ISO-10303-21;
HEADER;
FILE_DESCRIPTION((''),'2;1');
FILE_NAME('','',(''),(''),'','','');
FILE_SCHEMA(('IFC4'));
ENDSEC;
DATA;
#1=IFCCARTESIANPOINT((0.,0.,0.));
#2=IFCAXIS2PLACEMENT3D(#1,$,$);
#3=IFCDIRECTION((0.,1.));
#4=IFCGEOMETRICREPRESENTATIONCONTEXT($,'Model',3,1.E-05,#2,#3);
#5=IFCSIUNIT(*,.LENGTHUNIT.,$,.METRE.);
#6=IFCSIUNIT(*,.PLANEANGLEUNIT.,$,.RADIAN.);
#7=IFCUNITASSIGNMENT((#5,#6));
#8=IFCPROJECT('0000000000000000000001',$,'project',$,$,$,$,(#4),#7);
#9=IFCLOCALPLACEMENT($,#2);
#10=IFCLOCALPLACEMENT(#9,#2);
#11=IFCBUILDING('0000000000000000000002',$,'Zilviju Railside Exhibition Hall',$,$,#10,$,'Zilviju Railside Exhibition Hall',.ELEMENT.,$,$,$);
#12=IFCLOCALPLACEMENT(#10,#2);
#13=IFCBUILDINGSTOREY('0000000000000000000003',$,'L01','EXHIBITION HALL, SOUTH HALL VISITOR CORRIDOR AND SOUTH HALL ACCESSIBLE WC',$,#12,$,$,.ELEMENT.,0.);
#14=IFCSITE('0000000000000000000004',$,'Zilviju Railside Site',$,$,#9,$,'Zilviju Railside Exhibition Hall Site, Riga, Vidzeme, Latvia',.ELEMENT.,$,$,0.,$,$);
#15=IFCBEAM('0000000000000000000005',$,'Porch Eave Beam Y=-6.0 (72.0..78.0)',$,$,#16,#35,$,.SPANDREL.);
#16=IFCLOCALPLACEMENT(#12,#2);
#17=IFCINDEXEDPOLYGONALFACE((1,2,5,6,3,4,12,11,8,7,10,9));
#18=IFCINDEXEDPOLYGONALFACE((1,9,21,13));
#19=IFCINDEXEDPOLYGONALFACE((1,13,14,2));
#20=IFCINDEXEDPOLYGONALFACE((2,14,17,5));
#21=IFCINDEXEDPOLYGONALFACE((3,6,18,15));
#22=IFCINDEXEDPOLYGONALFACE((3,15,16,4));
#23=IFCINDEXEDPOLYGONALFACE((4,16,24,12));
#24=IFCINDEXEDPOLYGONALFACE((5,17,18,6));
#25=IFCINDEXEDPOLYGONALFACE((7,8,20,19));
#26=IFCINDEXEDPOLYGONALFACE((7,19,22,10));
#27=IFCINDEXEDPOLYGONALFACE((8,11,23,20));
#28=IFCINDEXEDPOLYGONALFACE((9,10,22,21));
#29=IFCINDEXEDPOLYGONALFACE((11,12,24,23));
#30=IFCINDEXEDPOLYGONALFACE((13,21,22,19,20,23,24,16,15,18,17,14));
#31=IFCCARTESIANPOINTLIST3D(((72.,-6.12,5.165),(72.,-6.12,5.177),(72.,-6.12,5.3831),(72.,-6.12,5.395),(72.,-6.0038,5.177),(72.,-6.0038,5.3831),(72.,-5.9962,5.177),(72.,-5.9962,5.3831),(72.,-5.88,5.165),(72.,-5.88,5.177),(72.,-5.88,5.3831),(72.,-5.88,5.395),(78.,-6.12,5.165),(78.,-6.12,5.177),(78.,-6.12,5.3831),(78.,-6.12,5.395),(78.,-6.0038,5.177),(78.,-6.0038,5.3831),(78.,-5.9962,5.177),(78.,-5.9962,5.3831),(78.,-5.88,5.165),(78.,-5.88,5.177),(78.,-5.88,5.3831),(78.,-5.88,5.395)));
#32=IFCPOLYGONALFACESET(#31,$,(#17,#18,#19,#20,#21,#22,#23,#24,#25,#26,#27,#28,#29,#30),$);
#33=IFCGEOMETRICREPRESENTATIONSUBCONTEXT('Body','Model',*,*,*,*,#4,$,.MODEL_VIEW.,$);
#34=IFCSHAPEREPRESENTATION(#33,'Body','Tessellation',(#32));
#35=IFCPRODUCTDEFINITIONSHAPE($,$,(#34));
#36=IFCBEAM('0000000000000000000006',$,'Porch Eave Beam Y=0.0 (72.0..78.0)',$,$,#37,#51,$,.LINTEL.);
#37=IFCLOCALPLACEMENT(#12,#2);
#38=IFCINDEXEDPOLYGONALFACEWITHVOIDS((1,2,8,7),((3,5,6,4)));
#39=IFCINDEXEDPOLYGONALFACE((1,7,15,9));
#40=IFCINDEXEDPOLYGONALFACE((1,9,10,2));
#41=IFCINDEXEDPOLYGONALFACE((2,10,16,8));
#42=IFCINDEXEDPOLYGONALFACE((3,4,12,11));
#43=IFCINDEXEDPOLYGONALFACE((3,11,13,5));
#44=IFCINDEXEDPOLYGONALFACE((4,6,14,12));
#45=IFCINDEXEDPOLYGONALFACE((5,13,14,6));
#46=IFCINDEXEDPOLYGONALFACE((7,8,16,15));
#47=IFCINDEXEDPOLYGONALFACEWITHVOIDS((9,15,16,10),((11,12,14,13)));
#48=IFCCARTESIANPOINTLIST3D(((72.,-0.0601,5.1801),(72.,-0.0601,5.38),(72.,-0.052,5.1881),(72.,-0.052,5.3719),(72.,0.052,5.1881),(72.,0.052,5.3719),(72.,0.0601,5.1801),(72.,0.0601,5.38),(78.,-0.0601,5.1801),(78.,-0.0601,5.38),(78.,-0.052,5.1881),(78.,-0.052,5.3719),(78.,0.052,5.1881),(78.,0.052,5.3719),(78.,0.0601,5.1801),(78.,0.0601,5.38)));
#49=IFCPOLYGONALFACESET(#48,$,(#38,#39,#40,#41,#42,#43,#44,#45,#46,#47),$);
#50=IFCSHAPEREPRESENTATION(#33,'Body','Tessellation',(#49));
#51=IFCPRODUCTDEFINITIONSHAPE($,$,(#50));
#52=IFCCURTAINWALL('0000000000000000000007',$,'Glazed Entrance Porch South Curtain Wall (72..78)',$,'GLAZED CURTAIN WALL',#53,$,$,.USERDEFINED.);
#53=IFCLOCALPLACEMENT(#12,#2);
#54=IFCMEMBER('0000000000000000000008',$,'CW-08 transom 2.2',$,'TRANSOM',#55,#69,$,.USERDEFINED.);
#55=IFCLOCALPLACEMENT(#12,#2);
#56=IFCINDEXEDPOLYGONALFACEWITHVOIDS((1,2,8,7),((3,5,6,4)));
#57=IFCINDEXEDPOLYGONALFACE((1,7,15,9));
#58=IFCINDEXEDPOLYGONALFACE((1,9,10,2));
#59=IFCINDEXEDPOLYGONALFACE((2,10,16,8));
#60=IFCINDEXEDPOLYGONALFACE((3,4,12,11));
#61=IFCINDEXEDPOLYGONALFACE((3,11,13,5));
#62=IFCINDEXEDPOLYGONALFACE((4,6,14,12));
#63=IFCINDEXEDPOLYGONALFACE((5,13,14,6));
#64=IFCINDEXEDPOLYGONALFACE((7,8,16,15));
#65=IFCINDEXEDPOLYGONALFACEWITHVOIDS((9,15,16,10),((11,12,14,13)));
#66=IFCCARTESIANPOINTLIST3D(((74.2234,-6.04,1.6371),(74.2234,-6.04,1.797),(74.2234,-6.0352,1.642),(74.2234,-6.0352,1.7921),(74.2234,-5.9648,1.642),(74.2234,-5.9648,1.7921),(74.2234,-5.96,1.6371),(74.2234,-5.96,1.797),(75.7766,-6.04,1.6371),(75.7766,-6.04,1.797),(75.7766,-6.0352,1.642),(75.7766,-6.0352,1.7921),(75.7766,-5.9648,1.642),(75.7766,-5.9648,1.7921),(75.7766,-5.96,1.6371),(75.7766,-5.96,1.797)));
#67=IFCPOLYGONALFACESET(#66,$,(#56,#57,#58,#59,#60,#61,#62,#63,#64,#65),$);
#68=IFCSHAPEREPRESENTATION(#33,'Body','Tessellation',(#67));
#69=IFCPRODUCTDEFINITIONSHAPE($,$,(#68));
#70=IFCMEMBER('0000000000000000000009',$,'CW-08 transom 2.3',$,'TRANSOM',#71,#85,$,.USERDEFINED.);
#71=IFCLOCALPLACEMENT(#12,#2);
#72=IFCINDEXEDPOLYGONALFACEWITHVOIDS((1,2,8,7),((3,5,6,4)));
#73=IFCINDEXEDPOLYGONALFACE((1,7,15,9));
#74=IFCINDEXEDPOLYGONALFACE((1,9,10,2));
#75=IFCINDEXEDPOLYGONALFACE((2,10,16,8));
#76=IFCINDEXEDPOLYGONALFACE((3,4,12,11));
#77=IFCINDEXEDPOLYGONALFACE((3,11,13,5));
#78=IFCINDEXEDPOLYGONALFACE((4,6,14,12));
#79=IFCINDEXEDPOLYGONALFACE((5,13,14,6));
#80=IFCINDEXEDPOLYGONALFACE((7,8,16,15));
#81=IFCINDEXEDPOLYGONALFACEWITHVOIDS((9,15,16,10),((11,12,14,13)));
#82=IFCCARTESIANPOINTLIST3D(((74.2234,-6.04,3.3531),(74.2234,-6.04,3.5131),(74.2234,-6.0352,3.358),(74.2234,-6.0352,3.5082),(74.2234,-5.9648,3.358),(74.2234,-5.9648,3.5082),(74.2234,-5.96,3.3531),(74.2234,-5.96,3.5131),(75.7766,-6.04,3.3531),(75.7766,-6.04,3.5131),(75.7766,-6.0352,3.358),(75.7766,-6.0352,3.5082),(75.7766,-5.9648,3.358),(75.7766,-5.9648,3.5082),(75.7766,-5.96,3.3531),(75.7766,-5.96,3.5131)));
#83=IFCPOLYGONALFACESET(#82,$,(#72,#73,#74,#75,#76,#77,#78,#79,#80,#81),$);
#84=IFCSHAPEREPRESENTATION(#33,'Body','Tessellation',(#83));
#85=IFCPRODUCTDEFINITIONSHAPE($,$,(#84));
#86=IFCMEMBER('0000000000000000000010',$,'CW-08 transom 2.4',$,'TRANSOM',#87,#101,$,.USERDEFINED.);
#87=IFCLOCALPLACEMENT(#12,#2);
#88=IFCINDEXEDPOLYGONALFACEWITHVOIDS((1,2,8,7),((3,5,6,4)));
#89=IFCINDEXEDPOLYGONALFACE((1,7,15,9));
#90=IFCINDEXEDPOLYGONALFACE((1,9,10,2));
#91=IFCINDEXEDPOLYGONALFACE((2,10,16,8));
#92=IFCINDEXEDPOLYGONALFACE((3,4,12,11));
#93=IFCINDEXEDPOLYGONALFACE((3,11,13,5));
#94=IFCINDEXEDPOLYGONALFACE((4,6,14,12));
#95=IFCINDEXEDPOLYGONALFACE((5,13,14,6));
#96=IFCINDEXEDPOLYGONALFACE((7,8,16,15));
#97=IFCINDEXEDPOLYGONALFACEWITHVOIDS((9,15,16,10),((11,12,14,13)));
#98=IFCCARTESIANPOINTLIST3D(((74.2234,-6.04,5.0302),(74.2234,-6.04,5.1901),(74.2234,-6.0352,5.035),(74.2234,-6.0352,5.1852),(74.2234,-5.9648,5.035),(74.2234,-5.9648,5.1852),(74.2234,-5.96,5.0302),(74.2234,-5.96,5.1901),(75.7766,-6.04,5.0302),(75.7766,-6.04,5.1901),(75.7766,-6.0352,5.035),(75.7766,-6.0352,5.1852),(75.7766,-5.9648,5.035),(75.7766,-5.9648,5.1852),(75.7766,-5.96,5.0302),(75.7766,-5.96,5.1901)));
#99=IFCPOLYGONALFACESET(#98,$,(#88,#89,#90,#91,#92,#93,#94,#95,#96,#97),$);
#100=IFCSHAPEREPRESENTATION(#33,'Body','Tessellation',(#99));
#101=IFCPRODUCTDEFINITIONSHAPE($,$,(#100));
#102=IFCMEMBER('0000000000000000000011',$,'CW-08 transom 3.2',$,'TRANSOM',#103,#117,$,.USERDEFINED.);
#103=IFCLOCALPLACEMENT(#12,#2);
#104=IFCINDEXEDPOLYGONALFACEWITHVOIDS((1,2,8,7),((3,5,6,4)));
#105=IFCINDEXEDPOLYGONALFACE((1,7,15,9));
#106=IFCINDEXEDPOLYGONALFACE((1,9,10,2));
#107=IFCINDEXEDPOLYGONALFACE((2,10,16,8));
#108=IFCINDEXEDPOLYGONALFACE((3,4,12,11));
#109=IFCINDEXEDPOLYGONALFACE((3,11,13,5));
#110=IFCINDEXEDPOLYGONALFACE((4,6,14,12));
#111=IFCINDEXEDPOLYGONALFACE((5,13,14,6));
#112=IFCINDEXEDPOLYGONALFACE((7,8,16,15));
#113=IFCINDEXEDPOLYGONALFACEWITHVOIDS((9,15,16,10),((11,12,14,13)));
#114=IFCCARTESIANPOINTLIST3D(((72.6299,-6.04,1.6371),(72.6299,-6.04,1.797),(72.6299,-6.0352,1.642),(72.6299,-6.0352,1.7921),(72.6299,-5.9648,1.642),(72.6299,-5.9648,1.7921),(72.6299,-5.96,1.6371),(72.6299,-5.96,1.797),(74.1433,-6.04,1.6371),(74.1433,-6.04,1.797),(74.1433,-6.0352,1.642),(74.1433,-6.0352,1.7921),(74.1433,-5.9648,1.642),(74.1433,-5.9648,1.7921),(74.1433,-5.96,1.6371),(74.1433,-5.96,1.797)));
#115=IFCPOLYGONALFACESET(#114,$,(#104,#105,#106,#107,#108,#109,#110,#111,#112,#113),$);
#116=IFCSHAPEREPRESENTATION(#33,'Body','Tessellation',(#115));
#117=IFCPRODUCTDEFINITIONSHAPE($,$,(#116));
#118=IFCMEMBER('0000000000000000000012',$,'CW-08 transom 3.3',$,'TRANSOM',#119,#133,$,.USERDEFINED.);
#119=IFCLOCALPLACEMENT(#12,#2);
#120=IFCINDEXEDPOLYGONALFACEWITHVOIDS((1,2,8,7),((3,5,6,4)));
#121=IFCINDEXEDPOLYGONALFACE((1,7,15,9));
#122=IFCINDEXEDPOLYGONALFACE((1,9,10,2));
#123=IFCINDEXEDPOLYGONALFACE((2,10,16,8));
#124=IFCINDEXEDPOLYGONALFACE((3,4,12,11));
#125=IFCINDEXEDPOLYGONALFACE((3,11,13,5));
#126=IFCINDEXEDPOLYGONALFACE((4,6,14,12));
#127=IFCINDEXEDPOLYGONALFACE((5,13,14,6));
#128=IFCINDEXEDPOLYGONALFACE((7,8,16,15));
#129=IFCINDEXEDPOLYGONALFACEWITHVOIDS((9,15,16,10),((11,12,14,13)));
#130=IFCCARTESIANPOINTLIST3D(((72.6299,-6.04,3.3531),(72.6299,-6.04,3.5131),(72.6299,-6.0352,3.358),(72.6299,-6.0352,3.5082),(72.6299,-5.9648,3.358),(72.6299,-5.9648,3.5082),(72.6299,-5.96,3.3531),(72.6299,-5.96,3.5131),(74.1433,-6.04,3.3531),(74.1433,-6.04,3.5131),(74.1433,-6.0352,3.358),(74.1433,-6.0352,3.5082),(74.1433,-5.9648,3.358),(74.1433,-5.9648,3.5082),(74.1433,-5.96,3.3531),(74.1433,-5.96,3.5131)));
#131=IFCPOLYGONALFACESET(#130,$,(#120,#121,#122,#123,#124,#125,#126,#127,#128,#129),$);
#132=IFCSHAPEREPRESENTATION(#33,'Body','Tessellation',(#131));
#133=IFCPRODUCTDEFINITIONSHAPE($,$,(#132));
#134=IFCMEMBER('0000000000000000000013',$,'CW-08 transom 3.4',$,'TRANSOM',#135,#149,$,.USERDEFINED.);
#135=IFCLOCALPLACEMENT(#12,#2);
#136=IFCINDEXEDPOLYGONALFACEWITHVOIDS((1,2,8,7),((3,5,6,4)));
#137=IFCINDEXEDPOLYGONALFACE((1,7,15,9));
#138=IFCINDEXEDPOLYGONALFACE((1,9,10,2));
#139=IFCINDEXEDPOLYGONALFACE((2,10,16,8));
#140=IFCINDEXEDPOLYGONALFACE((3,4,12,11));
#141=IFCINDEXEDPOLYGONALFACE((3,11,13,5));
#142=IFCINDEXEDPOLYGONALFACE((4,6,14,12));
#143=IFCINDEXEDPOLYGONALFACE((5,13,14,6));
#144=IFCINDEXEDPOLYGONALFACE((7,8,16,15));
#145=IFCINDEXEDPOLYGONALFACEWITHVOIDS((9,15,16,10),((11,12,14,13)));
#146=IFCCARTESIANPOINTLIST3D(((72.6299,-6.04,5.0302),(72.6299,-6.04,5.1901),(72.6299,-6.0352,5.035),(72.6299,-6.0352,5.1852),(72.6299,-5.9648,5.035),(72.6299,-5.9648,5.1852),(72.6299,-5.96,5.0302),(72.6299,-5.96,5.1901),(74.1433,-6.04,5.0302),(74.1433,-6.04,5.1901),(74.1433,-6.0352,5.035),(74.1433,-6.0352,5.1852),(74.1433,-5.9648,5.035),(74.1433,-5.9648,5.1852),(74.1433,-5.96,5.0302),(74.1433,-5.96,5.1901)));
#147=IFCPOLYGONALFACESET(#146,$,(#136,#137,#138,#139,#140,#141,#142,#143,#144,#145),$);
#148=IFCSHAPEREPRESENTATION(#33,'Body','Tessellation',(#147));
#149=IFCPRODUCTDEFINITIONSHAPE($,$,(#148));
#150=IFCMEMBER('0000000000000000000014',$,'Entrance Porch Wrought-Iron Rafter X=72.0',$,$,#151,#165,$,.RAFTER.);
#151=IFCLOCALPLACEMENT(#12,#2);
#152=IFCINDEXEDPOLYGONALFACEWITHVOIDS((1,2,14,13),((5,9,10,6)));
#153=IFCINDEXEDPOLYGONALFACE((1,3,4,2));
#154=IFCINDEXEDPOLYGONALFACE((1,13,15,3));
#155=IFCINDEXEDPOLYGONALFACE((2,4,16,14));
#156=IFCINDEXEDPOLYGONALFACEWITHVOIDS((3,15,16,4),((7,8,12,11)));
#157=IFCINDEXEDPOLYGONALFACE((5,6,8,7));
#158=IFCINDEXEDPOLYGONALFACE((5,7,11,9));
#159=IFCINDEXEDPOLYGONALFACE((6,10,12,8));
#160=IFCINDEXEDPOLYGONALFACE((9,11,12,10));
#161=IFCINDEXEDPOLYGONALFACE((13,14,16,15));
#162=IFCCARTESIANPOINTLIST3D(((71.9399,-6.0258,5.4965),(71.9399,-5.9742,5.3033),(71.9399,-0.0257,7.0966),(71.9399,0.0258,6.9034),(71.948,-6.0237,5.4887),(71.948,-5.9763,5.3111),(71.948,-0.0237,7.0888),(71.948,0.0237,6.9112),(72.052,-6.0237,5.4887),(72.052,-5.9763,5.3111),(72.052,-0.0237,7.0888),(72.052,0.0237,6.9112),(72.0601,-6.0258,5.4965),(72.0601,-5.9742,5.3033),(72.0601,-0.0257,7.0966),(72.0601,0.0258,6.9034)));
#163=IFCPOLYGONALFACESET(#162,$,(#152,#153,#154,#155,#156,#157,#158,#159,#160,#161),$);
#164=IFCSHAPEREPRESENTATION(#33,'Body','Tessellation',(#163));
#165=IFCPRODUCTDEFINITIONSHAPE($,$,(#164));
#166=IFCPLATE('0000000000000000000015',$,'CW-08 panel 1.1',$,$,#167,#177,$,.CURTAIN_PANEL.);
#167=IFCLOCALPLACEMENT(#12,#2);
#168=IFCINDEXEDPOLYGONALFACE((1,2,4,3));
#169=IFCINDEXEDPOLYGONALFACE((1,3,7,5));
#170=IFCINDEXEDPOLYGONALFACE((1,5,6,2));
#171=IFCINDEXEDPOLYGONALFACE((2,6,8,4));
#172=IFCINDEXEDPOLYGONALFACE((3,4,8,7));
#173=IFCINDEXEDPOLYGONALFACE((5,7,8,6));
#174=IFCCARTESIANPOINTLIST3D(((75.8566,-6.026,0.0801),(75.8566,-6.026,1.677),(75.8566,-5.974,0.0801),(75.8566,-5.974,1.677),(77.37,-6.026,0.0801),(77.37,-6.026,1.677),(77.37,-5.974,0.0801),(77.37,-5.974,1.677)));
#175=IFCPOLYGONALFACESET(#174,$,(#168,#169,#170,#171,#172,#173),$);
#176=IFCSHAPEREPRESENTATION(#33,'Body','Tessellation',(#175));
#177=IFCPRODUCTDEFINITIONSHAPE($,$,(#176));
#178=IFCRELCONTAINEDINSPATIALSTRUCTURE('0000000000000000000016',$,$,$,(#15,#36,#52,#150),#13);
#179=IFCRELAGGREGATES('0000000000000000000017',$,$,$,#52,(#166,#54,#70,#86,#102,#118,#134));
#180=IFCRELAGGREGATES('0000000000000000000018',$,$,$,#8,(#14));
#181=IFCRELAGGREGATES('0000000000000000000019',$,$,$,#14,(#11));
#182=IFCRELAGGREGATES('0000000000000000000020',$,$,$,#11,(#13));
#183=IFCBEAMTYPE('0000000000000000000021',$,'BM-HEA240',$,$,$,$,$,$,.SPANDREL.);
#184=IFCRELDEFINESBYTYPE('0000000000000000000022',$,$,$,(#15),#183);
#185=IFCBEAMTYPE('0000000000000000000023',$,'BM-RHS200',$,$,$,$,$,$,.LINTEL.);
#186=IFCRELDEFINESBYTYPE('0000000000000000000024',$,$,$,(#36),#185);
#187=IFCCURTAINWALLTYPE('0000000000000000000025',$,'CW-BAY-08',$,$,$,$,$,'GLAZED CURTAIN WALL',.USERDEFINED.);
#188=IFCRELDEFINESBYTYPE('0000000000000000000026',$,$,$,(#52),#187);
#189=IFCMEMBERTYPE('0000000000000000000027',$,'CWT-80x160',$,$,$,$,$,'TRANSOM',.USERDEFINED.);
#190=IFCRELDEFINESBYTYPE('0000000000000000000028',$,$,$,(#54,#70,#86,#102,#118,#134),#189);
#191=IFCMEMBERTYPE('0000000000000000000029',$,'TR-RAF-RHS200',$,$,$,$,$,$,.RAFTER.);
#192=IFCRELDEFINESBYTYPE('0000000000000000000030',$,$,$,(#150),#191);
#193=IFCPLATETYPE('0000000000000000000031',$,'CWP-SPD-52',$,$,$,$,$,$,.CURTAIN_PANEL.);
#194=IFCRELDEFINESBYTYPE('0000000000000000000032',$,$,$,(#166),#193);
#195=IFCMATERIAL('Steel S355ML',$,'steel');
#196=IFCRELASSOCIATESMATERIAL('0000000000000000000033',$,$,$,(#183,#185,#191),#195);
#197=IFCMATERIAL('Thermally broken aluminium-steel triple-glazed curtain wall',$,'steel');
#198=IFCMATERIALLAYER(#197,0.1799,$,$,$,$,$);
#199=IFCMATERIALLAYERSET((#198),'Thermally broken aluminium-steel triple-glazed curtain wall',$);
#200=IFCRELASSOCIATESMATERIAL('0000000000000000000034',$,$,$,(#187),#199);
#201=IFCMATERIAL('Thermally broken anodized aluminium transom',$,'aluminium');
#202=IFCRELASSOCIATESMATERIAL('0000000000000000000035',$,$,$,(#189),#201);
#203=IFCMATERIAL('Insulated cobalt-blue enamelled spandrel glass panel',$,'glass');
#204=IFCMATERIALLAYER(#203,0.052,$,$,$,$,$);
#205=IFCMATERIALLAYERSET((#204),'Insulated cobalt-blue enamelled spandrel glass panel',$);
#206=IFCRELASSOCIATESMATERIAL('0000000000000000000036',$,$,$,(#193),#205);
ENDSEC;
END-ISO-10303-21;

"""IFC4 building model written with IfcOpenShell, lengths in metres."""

from ifc_helpers import new_model, si_unit, direction, frame, origin, origin_2d, place, context, subcontext, project, spatial, rectangle, hollow_rectangle, i_section, extrude, material, layer, layer_set, material_profile, profile_set, type_object, element, aggregate, save


model = new_model("IFC4")

# Units and contexts
model_context = context("Model", 3, precision=1e-05, world=origin(), true_north=direction((0.0, 1.0)))
body_context = subcontext(model_context, "Body", "Model", "MODEL_VIEW")
ifc_project = project(units=[si_unit("LENGTHUNIT", "METRE"), si_unit("PLANEANGLEUNIT", "RADIAN")], contexts=[model_context])

# Site, building, storey
site_placement = place(None, origin())
site = spatial("IfcSite", under=ifc_project, at=site_placement, Name="Zilviju Railside Site", LongName="Zilviju Railside Exhibition Hall Site, Riga, Vidzeme, Latvia", CompositionType="ELEMENT", RefElevation=0.0)
building_placement = place(site_placement, origin())
building = spatial("IfcBuilding", under=site, at=building_placement, Name="Zilviju Railside Exhibition Hall", LongName="Zilviju Railside Exhibition Hall", CompositionType="ELEMENT")
storey_placement = place(building_placement, origin())
storey = spatial("IfcBuildingStorey", under=building, at=storey_placement, Name="L01", Description="EXHIBITION HALL, SOUTH HALL VISITOR CORRIDOR AND SOUTH HALL ACCESSIBLE WC", CompositionType="ELEMENT", Elevation=0.0)

# Beams
ifc_material_1 = material(Name="Steel S355ML", Category="steel")
ifc_material_profile_1 = material_profile(ifc_material_1, i_section(OverallWidth=0.24, OverallDepth=0.23, WebThickness=0.0076, FlangeThickness=0.012, at=origin_2d()), Name="HEA 240")
ifc_profile_set_1 = profile_set([ifc_material_profile_1], Name="Steel S355ML")
beam_type_1 = type_object("IfcBeamType", Name="BM-HEA240", PredefinedType="SPANDREL", material=ifc_profile_set_1)
beam_1_placement = place(storey_placement, frame((72.0, -6.0, 5.28), z_axis=(1.0, 0.0, 0.0), x_axis=(0.0, 1.0, 0.0)))
element("IfcBeam", 1, at=beam_1_placement, inside=storey, type_object=beam_type_1, Name="Porch Eave Beam Y=-6.0 (72.0..78.0)", PredefinedType="SPANDREL", context=body_context, shape_type="SweptSolid", body=[
    extrude(i_section(OverallWidth=0.24, OverallDepth=0.23, WebThickness=0.0076, FlangeThickness=0.012, at=origin_2d()), origin(), (0.0, 0.0, 1.0), 6.0),
])
ifc_material_profile_2 = material_profile(ifc_material_1, hollow_rectangle(XDim=0.1201, YDim=0.2, WallThickness=0.0081, at=origin_2d()), Name="RHS 200x120x8.0")
ifc_profile_set_2 = profile_set([ifc_material_profile_2], Name="Steel S355ML")
beam_type_2 = type_object("IfcBeamType", Name="BM-RHS200", PredefinedType="LINTEL", material=ifc_profile_set_2)
beam_2_placement = place(storey_placement, frame((72.0, 0.0, 5.28), z_axis=(1.0, 0.0, 0.0), x_axis=(0.0, 1.0, 0.0)))
element("IfcBeam", 2, at=beam_2_placement, inside=storey, type_object=beam_type_2, Name="Porch Eave Beam Y=0.0 (72.0..78.0)", PredefinedType="LINTEL", context=body_context, shape_type="SweptSolid", body=[
    extrude(hollow_rectangle(XDim=0.1201, YDim=0.2, WallThickness=0.0081, at=origin_2d()), origin(), (0.0, 0.0, 1.0), 6.0),
])

# Curtain wall, members
ifc_material_2 = material(Name="Thermally broken aluminium-steel triple-glazed curtain wall", Category="steel")
ifc_layer_1 = layer(ifc_material_2, 0.1799)
ifc_layer_set_1 = layer_set([ifc_layer_1], Name="Thermally broken aluminium-steel triple-glazed curtain wall")
curtain_wall_type = type_object("IfcCurtainWallType", Name="CW-BAY-08", ElementType="GLAZED CURTAIN WALL", PredefinedType="USERDEFINED", material=ifc_layer_set_1)
curtain_wall_placement = place(storey_placement, origin())
curtain_wall = element("IfcCurtainWall", 3, at=curtain_wall_placement, inside=storey, type_object=curtain_wall_type, Name="Glazed Entrance Porch South Curtain Wall (72..78)", ObjectType="GLAZED CURTAIN WALL", PredefinedType="USERDEFINED")
ifc_material_3 = material(Name="Thermally broken anodized aluminium transom", Category="aluminium")
ifc_material_profile_3 = material_profile(ifc_material_3, hollow_rectangle(XDim=0.0801, YDim=0.1599, WallThickness=0.0049, at=origin_2d()), Name="TRANSOM 160x80x5")
ifc_profile_set_3 = profile_set([ifc_material_profile_3], Name="Thermally broken anodized aluminium transom")
member_type_1 = type_object("IfcMemberType", Name="CWT-80x160", ElementType="TRANSOM", PredefinedType="USERDEFINED", material=ifc_profile_set_3)
member_1_placement = place(storey_placement, frame((75.7766, -6.0, 1.717), z_axis=(-1.0, 0.0, 0.0), x_axis=(0.0, -1.0, 0.0)))
member_1 = element("IfcMember", 4, at=member_1_placement, type_object=member_type_1, Name="CW-08 transom 2.2", ObjectType="TRANSOM", PredefinedType="USERDEFINED", context=body_context, shape_type="SweptSolid", body=[
    extrude(hollow_rectangle(XDim=0.0801, YDim=0.1599, WallThickness=0.0049, at=origin_2d()), origin(), (0.0, 0.0, 1.0), 1.5532),
])
member_2_placement = place(storey_placement, frame((75.7766, -6.0, 3.4331), z_axis=(-1.0, 0.0, 0.0), x_axis=(0.0, -1.0, 0.0)))
member_2 = element("IfcMember", 5, at=member_2_placement, type_object=member_type_1, Name="CW-08 transom 2.3", ObjectType="TRANSOM", PredefinedType="USERDEFINED", context=body_context, shape_type="SweptSolid", body=[
    extrude(hollow_rectangle(XDim=0.0801, YDim=0.1599, WallThickness=0.0049, at=origin_2d()), origin(), (0.0, 0.0, 1.0), 1.5532),
])
member_3_placement = place(storey_placement, frame((75.7766, -6.0, 5.1101), z_axis=(-1.0, 0.0, 0.0), x_axis=(0.0, -1.0, 0.0)))
member_3 = element("IfcMember", 6, at=member_3_placement, type_object=member_type_1, Name="CW-08 transom 2.4", ObjectType="TRANSOM", PredefinedType="USERDEFINED", context=body_context, shape_type="SweptSolid", body=[
    extrude(hollow_rectangle(XDim=0.0801, YDim=0.1599, WallThickness=0.0049, at=origin_2d()), origin(), (0.0, 0.0, 1.0), 1.5532),
])
member_4_placement = place(storey_placement, frame((74.1433, -6.0, 1.717), z_axis=(-1.0, 0.0, 0.0), x_axis=(0.0, -1.0, 0.0)))
member_4 = element("IfcMember", 7, at=member_4_placement, type_object=member_type_1, Name="CW-08 transom 3.2", ObjectType="TRANSOM", PredefinedType="USERDEFINED", context=body_context, shape_type="SweptSolid", body=[
    extrude(hollow_rectangle(XDim=0.0801, YDim=0.1599, WallThickness=0.0049, at=origin_2d()), origin(), (0.0, 0.0, 1.0), 1.5134),
])
member_5_placement = place(storey_placement, frame((74.1433, -6.0, 3.4331), z_axis=(-1.0, 0.0, 0.0), x_axis=(0.0, -1.0, 0.0)))
member_5 = element("IfcMember", 8, at=member_5_placement, type_object=member_type_1, Name="CW-08 transom 3.3", ObjectType="TRANSOM", PredefinedType="USERDEFINED", context=body_context, shape_type="SweptSolid", body=[
    extrude(hollow_rectangle(XDim=0.0801, YDim=0.1599, WallThickness=0.0049, at=origin_2d()), origin(), (0.0, 0.0, 1.0), 1.5134),
])
member_6_placement = place(storey_placement, frame((74.1433, -6.0, 5.1101), z_axis=(-1.0, 0.0, 0.0), x_axis=(0.0, -1.0, 0.0)))
member_6 = element("IfcMember", 9, at=member_6_placement, type_object=member_type_1, Name="CW-08 transom 3.4", ObjectType="TRANSOM", PredefinedType="USERDEFINED", context=body_context, shape_type="SweptSolid", body=[
    extrude(hollow_rectangle(XDim=0.0801, YDim=0.1599, WallThickness=0.0049, at=origin_2d()), origin(), (0.0, 0.0, 1.0), 1.5134),
])

# Member
ifc_material_profile_4 = material_profile(ifc_material_1, hollow_rectangle(XDim=0.1201, YDim=0.2, WallThickness=0.0081, at=origin_2d()), Name="RHS 200x120x8.0")
ifc_profile_set_4 = profile_set([ifc_material_profile_4], Name="Steel S355ML")
member_type_2 = type_object("IfcMemberType", Name="TR-RAF-RHS200", PredefinedType="RAFTER", material=ifc_profile_set_4)
member_7_placement = place(storey_placement, frame((72.0, -6.0, 5.3999), z_axis=(0.0, 0.966231, 0.257677), x_axis=(-1.0, 0.0, 0.0)))
element("IfcMember", 10, at=member_7_placement, inside=storey, type_object=member_type_2, Name="Entrance Porch Wrought-Iron Rafter X=72.0", PredefinedType="RAFTER", context=body_context, shape_type="SweptSolid", body=[
    extrude(hollow_rectangle(XDim=0.1201, YDim=0.2, WallThickness=0.0081, at=origin_2d()), origin(), (0.0, 0.0, 1.0), 6.2097),
])

# Plate
ifc_material_4 = material(Name="Insulated cobalt-blue enamelled spandrel glass panel", Category="glass")
ifc_layer_2 = layer(ifc_material_4, 0.052)
ifc_layer_set_2 = layer_set([ifc_layer_2], Name="Insulated cobalt-blue enamelled spandrel glass panel")
plate_type = type_object("IfcPlateType", Name="CWP-SPD-52", PredefinedType="CURTAIN_PANEL", material=ifc_layer_set_2)
plate_1_placement = place(storey_placement, frame((76.6133, -6.0, 0.0801), z_axis=(0.0, 0.0, 1.0), x_axis=(-1.0, 0.0, 0.0)))
plate_1 = element("IfcPlate", 11, at=plate_1_placement, type_object=plate_type, Name="CW-08 panel 1.1", PredefinedType="CURTAIN_PANEL", context=body_context, shape_type="SweptSolid", body=[
    extrude(rectangle(XDim=1.5134, YDim=0.052, at=origin_2d()), origin(), (0.0, 0.0, 1.0), 1.5969),
])
aggregate(curtain_wall, [plate_1, member_1, member_2, member_3, member_4, member_5, member_6])

save(model, "model.ifc")
